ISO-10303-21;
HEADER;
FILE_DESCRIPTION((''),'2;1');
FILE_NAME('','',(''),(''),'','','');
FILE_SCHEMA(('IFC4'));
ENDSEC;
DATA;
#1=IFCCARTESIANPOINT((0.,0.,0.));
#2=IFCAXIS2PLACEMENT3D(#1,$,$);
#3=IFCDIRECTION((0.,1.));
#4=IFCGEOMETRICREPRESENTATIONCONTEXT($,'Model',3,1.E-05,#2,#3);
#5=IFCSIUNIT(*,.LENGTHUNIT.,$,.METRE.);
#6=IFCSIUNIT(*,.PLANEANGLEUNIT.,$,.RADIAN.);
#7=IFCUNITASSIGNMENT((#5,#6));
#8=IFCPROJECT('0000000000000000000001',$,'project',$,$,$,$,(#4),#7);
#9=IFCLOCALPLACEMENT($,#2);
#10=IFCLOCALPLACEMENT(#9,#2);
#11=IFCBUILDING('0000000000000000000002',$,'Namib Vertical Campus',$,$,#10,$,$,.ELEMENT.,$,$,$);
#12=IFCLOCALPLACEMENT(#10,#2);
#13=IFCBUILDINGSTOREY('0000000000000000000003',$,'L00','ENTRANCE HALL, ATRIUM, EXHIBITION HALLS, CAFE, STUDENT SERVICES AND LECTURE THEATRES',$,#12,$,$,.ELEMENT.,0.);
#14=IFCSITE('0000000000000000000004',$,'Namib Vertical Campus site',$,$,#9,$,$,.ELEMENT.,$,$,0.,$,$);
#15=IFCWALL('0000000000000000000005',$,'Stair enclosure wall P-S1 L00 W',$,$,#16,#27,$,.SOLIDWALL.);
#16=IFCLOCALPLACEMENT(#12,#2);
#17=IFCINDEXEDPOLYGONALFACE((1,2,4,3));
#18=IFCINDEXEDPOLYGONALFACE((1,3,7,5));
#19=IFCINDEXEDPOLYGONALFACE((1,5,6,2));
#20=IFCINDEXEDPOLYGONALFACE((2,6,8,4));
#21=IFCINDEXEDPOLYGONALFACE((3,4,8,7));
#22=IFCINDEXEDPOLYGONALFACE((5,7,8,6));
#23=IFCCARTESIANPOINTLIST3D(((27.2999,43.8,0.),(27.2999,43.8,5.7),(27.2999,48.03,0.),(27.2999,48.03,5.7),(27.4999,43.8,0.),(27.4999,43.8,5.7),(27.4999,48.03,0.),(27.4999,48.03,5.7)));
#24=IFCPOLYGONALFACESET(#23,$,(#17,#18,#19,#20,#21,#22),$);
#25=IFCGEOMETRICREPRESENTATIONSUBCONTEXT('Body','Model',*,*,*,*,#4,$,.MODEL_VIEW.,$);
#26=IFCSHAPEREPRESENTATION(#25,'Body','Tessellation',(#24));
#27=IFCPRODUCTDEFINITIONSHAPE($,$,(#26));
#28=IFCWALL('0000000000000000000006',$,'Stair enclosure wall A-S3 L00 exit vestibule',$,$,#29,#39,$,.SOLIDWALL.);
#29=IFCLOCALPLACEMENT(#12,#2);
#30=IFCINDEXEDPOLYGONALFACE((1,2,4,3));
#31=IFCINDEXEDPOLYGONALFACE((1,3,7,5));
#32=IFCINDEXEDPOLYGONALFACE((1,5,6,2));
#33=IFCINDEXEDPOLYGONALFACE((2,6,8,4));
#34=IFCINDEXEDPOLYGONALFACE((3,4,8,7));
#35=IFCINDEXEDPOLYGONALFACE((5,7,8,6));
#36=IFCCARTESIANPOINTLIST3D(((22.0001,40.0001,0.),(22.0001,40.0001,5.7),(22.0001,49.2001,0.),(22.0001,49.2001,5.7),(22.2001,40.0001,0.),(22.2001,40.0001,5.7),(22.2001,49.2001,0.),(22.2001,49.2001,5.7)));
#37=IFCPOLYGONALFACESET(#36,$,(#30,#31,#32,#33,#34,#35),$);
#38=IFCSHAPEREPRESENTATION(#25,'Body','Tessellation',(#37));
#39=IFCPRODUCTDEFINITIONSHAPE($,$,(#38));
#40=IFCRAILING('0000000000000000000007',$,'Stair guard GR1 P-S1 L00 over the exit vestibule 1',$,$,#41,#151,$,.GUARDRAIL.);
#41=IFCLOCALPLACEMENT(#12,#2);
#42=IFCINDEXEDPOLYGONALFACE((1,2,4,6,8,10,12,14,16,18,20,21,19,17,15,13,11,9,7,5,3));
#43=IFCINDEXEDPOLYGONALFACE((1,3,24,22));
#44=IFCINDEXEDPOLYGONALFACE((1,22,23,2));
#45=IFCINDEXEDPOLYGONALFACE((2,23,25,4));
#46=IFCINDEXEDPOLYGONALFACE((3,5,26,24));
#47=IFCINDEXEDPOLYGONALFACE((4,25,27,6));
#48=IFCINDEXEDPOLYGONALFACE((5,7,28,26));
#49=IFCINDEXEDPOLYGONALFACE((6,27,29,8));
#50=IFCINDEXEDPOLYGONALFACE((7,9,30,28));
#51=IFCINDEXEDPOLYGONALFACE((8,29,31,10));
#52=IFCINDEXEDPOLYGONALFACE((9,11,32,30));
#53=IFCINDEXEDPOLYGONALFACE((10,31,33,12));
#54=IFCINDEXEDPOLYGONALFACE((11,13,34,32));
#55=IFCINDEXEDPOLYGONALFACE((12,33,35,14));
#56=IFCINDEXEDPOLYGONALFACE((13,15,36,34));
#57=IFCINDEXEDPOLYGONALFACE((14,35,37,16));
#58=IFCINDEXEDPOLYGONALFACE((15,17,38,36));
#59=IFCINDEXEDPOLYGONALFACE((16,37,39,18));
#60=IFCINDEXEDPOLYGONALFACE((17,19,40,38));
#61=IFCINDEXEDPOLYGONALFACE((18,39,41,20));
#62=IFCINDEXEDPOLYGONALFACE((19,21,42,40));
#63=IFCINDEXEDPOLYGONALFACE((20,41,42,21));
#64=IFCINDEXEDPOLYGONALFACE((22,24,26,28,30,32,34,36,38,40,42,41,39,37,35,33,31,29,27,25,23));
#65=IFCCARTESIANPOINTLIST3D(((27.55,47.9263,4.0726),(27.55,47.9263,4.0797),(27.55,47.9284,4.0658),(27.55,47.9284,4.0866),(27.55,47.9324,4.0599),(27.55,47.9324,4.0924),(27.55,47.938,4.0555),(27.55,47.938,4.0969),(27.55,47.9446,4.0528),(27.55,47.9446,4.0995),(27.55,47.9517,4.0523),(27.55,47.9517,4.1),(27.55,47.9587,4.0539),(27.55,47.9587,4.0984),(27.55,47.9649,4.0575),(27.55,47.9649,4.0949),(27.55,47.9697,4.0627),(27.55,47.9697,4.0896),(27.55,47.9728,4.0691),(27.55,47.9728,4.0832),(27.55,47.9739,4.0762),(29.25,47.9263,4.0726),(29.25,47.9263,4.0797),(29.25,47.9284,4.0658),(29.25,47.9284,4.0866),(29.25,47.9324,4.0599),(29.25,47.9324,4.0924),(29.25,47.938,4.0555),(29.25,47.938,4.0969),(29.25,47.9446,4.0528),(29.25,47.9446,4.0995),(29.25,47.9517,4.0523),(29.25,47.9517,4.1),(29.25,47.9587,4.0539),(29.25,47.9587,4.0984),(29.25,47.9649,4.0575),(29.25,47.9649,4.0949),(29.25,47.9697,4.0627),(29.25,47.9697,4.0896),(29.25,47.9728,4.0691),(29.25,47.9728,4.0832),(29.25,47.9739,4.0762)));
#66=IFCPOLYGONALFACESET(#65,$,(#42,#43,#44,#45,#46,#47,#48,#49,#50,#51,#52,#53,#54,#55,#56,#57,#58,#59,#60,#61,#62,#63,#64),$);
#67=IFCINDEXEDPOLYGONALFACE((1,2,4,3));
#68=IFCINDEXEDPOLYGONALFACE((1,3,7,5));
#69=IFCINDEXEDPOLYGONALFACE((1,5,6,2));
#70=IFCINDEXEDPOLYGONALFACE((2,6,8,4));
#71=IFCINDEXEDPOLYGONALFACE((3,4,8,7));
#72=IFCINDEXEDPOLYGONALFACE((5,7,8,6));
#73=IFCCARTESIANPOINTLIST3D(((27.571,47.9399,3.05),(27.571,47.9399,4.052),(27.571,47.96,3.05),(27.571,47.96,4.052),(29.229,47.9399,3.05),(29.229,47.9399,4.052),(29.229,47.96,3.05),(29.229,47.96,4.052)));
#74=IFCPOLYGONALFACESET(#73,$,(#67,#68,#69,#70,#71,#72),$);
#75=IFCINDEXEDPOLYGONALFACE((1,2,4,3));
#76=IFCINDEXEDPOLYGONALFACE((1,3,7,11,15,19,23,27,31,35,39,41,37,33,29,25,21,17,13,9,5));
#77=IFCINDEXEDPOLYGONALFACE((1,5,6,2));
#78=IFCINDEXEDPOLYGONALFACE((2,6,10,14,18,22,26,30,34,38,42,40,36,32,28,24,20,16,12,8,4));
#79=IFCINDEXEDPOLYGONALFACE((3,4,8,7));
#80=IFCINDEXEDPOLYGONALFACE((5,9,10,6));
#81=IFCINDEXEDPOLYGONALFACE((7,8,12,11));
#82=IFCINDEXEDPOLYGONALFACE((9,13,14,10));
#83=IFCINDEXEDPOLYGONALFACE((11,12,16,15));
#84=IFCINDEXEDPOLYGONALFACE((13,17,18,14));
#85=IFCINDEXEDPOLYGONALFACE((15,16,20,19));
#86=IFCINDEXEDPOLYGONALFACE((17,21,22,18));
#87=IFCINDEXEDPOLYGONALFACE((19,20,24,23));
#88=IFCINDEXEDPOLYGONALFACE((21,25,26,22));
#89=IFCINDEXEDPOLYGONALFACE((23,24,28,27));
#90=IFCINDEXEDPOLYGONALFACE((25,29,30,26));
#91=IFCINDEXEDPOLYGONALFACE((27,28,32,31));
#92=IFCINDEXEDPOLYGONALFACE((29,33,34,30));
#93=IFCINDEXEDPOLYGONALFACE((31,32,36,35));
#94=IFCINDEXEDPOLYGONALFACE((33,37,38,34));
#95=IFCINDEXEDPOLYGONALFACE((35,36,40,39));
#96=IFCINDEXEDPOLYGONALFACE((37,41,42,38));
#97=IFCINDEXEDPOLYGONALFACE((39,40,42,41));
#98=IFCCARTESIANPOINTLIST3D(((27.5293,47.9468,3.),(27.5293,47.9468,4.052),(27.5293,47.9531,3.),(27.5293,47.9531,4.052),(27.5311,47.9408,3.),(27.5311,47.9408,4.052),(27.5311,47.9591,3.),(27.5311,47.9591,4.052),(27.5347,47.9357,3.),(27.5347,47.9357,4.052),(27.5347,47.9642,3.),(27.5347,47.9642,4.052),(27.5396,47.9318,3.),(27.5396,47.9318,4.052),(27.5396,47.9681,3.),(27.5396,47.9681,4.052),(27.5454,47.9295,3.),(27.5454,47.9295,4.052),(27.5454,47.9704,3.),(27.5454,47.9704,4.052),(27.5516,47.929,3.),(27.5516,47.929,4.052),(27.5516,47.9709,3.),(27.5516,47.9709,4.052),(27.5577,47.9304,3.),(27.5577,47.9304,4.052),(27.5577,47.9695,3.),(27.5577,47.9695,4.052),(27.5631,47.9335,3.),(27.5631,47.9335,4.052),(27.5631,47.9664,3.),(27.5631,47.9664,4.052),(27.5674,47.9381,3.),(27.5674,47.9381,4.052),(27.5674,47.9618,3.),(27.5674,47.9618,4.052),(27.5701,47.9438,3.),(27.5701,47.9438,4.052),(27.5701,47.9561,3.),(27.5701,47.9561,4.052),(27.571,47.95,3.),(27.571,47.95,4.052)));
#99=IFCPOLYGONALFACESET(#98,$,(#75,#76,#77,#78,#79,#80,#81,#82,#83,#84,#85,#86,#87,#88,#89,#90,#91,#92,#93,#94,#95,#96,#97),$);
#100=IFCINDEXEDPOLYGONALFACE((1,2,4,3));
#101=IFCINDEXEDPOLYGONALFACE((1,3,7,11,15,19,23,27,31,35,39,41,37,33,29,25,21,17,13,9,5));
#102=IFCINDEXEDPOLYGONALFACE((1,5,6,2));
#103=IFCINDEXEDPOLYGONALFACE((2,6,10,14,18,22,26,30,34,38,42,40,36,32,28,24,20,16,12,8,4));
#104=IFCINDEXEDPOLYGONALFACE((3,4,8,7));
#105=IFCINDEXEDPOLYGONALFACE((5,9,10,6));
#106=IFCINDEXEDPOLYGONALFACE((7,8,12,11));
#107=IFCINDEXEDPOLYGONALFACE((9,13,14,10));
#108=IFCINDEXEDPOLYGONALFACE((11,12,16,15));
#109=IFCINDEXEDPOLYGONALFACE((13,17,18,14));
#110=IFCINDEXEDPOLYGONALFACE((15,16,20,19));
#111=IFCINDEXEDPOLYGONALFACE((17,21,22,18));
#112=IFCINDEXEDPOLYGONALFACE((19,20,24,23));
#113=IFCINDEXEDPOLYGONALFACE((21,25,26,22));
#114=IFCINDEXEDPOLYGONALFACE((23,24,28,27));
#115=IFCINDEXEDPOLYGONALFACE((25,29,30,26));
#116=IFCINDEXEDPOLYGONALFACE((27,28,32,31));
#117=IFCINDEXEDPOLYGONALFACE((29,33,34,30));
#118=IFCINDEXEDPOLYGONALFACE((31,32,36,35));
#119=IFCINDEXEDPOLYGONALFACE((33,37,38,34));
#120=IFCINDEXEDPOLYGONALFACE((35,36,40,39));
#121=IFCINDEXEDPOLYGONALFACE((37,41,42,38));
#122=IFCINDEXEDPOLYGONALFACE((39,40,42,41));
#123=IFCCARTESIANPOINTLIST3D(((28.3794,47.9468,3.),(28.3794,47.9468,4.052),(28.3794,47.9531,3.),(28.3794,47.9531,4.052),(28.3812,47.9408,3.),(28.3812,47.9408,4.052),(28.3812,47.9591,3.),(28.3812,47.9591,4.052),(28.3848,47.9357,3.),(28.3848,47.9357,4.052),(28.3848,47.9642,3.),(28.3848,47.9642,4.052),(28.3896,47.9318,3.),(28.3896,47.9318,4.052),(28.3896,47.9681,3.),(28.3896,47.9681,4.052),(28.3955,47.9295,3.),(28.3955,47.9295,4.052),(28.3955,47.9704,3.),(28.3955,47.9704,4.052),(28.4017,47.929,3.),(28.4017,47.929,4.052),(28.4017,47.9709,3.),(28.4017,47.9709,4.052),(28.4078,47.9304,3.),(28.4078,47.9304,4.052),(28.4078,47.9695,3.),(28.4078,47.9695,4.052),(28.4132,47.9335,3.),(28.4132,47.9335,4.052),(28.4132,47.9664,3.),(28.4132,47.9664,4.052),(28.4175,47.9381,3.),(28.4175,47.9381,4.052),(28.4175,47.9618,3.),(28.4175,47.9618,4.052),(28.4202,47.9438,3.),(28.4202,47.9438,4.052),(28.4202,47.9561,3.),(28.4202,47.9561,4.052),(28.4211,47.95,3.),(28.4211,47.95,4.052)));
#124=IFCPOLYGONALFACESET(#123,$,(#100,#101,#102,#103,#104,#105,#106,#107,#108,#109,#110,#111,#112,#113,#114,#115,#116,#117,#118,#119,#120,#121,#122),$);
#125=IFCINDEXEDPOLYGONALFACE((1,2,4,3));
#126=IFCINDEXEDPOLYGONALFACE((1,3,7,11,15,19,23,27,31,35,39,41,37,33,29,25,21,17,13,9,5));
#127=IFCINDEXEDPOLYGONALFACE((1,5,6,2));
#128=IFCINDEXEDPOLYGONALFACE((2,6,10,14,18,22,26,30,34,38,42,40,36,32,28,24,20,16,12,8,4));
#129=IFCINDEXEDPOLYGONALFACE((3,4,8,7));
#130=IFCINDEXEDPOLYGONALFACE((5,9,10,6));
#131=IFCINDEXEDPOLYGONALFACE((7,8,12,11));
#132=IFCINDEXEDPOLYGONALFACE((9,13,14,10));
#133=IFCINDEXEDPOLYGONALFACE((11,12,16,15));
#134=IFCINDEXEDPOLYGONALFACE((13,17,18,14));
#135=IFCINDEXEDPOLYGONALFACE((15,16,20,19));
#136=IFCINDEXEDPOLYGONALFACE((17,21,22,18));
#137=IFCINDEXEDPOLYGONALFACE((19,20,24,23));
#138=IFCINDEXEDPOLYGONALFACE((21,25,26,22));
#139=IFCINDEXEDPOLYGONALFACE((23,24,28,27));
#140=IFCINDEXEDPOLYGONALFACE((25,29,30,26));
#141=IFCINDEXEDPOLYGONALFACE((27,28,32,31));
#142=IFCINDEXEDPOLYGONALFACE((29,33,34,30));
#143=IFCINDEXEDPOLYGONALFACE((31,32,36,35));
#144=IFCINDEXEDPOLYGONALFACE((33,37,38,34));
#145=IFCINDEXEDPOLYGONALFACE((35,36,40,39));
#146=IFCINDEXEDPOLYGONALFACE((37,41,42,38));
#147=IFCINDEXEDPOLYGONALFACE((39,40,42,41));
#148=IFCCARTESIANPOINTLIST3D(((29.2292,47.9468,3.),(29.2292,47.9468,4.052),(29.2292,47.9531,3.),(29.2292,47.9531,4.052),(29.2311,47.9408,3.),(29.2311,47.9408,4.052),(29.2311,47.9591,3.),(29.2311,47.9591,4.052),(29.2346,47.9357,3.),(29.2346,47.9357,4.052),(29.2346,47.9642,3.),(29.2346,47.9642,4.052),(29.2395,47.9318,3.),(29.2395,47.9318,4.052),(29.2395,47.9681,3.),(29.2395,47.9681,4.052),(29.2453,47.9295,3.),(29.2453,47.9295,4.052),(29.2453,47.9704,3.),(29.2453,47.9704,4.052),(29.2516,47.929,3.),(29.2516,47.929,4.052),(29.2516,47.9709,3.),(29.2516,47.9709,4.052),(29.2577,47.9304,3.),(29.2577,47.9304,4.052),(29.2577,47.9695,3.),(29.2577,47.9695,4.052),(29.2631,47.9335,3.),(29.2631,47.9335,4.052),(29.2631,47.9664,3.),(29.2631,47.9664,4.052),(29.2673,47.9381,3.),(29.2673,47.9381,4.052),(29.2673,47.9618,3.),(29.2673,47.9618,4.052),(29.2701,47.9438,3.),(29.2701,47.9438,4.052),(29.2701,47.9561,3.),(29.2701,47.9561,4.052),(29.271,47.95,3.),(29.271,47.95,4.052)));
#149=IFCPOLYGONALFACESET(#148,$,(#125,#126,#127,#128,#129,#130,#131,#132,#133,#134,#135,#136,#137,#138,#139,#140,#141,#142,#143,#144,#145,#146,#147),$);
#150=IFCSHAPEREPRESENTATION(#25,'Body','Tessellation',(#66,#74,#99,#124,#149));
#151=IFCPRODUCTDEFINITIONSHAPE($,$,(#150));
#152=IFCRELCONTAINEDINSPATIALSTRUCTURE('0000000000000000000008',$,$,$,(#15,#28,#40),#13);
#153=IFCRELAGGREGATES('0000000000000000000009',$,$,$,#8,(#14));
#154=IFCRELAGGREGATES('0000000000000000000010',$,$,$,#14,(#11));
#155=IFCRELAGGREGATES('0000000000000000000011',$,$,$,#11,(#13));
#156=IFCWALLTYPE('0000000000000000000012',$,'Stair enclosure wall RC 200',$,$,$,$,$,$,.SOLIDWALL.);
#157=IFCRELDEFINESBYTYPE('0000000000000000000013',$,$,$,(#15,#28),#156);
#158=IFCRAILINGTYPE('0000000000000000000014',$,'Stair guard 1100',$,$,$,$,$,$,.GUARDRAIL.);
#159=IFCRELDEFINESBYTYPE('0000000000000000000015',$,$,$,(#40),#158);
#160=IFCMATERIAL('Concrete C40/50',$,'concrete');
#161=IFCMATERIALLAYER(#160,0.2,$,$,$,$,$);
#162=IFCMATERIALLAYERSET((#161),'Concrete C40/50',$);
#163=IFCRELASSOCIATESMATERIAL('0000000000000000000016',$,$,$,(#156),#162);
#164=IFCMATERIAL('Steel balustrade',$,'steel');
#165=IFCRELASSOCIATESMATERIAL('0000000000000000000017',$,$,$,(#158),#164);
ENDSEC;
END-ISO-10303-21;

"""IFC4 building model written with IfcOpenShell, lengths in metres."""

from ifc_helpers import new_model, si_unit, direction, frame, frame_2d, origin, origin_2d, place, context, subcontext, project, spatial, polyline, rectangle, circle, outline, extrude, material, layer, layer_set, type_object, element, save


model = new_model("IFC4")

# Units and contexts
model_context = context("Model", 3, precision=1e-05, world=origin(), true_north=direction((0.0, 1.0)))
body_context = subcontext(model_context, "Body", "Model", "MODEL_VIEW")
ifc_project = project(units=[si_unit("LENGTHUNIT", "METRE"), si_unit("PLANEANGLEUNIT", "RADIAN")], contexts=[model_context])

# Site, building, storey
site_placement = place(None, origin())
site = spatial("IfcSite", under=ifc_project, at=site_placement, Name="Namib Vertical Campus site", CompositionType="ELEMENT", RefElevation=0.0)
building_placement = place(site_placement, origin())
building = spatial("IfcBuilding", under=site, at=building_placement, Name="Namib Vertical Campus", CompositionType="ELEMENT")
storey_placement = place(building_placement, origin())
storey = spatial("IfcBuildingStorey", under=building, at=storey_placement, Name="L00", Description="ENTRANCE HALL, ATRIUM, EXHIBITION HALLS, CAFE, STUDENT SERVICES AND LECTURE THEATRES", CompositionType="ELEMENT", Elevation=0.0)

# Walls
ifc_material_1 = material(Name="Concrete C40/50", Category="concrete")
ifc_layer_1 = layer(ifc_material_1, 0.2)
ifc_layer_set_1 = layer_set([ifc_layer_1], Name="Concrete C40/50")
wall_type_1 = type_object("IfcWallType", Name="Stair enclosure wall RC 200", PredefinedType="SOLIDWALL", material=ifc_layer_set_1)
wall_1_placement = place(storey_placement, frame((27.3999, 43.8, 0.0), z_axis=(0.0, 0.0, 1.0), x_axis=(0.0, 1.0, 0.0)))
element("IfcWall", 1, at=wall_1_placement, inside=storey, type_object=wall_type_1, Name="Stair enclosure wall P-S1 L00 W", PredefinedType="SOLIDWALL", context=body_context, shape_type="SweptSolid", body=[
    extrude(rectangle(XDim=4.23, YDim=0.2, at=frame_2d((2.115, 0.0))), origin(), (0.0, 0.0, 1.0), 5.7),
])
wall_2_placement = place(storey_placement, frame((22.1001, 40.0, 0.0), z_axis=(0.0, 0.0, 1.0), x_axis=(0.0, 1.0, 0.0)))
element("IfcWall", 2, at=wall_2_placement, inside=storey, type_object=wall_type_1, Name="Stair enclosure wall A-S3 L00 exit vestibule", PredefinedType="SOLIDWALL", context=body_context, shape_type="SweptSolid", body=[
    extrude(rectangle(XDim=9.2, YDim=0.2, at=frame_2d((4.6001, 0.0))), origin(), (0.0, 0.0, 1.0), 5.7),
])

# Railing
ifc_material_2 = material(Name="Steel balustrade", Category="steel")
railing_type_1 = type_object("IfcRailingType", Name="Stair guard 1100", PredefinedType="GUARDRAIL", material=ifc_material_2)
for number, where, name in (
    (3, (27.55, 47.95, 3.0), "Stair guard GR1 P-S1 L00 over the exit vestibule 1"),
):
    element("IfcRailing", number, at=place(storey_placement, frame(where)), inside=storey, type_object=railing_type_1, Name=name, PredefinedType="GUARDRAIL", context=body_context, shape_type="SweptSolid", body=[
        extrude(circle(Radius=0.0239, at=origin_2d()), frame((0.0, 0.0, 1.0762), z_axis=(1.0, 0.0, 0.0), x_axis=(0.0, 1.0, 0.0)), (0.0, 0.0, 1.0), 1.7),
        extrude(outline(polyline([(0.021, 0.05), (1.679, 0.05), (1.679, 1.052), (0.021, 1.052), (0.021, 0.05)])), frame((0.0, 0.01, 0.0), z_axis=(0.0, -1.0, 0.0), x_axis=(1.0, 0.0, 0.0)), (0.0, 0.0, 1.0), 0.02),
        extrude(circle(Radius=0.021, at=origin_2d()), origin(), (0.0, 0.0, 1.0), 1.052),
        extrude(circle(Radius=0.021, at=origin_2d()), frame((0.8501, 0.0, 0.0)), (0.0, 0.0, 1.0), 1.052),
        extrude(circle(Radius=0.021, at=origin_2d()), frame((1.7, 0.0, 0.0)), (0.0, 0.0, 1.0), 1.052),
    ])

save(model, "model.ifc")
